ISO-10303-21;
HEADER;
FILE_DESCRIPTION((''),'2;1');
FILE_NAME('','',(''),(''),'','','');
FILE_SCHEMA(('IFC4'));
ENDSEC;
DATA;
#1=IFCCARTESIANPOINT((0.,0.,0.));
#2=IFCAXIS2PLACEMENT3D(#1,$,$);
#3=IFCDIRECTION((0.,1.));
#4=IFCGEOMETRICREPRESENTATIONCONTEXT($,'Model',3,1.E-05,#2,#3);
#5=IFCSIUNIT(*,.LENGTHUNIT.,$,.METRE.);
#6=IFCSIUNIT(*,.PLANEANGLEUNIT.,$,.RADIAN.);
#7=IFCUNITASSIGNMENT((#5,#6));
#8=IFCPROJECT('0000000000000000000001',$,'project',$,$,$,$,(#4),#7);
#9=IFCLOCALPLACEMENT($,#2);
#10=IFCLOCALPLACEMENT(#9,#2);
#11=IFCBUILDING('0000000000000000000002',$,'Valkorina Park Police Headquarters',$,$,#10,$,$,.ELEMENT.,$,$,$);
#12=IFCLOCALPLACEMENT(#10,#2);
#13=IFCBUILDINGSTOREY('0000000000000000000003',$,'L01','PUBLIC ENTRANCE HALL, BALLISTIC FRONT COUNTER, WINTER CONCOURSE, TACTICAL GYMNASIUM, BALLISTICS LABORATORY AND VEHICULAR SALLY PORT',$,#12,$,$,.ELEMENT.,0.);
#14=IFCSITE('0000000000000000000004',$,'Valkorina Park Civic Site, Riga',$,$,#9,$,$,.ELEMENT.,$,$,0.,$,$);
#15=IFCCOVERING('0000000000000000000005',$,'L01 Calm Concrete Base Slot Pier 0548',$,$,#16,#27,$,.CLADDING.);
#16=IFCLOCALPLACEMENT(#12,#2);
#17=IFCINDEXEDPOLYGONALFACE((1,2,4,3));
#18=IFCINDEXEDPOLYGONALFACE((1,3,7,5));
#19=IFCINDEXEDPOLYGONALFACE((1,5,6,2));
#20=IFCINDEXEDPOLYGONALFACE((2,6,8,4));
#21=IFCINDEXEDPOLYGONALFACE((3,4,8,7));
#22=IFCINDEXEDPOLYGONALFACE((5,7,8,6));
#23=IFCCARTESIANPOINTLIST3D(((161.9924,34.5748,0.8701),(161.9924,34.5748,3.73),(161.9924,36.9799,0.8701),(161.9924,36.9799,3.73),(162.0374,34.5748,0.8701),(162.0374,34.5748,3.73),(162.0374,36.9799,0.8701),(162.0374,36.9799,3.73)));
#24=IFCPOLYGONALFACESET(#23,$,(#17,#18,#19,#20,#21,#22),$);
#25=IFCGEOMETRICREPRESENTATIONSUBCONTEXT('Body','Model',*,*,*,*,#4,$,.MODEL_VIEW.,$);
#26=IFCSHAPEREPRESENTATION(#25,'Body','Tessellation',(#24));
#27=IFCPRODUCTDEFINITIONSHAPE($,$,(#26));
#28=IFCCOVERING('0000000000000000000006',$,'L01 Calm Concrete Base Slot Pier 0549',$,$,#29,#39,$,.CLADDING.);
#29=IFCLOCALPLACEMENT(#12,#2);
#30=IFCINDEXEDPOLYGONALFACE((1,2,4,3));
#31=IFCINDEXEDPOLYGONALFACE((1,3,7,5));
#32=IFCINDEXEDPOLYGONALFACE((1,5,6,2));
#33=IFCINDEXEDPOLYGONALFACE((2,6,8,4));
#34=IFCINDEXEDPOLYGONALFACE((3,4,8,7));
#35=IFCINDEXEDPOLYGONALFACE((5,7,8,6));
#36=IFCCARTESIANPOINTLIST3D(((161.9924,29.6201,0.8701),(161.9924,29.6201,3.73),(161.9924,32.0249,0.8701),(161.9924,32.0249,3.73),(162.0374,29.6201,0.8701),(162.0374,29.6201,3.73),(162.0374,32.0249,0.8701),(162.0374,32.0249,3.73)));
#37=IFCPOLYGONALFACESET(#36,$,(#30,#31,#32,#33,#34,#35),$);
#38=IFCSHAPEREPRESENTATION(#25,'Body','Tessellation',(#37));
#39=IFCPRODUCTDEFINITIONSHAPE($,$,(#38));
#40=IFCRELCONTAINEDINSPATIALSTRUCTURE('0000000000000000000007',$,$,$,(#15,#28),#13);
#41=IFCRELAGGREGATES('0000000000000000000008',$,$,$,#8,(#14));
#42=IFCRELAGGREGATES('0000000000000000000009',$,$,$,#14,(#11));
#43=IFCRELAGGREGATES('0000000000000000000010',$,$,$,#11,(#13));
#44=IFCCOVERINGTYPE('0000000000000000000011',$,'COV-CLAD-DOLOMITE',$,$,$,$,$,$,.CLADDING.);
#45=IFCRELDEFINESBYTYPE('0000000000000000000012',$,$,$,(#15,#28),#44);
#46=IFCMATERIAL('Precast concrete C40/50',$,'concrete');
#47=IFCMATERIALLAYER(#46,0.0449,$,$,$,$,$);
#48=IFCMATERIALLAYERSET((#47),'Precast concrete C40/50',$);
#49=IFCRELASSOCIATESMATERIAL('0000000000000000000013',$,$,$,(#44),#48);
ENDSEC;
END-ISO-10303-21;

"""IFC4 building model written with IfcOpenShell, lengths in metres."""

from ifc_helpers import new_model, si_unit, direction, frame, frame_2d, origin, place, context, subcontext, project, spatial, rectangle, extrude, material, layer, layer_set, type_object, element, save


model = new_model("IFC4")

# Units and contexts
model_context = context("Model", 3, precision=1e-05, world=origin(), true_north=direction((0.0, 1.0)))
body_context = subcontext(model_context, "Body", "Model", "MODEL_VIEW")
ifc_project = project(units=[si_unit("LENGTHUNIT", "METRE"), si_unit("PLANEANGLEUNIT", "RADIAN")], contexts=[model_context])

# Site, building, storey
site_placement = place(None, origin())
site = spatial("IfcSite", under=ifc_project, at=site_placement, Name="Valkorina Park Civic Site, Riga", CompositionType="ELEMENT", RefElevation=0.0)
building_placement = place(site_placement, origin())
building = spatial("IfcBuilding", under=site, at=building_placement, Name="Valkorina Park Police Headquarters", CompositionType="ELEMENT")
storey_placement = place(building_placement, origin())
storey = spatial("IfcBuildingStorey", under=building, at=storey_placement, Name="L01", Description="PUBLIC ENTRANCE HALL, BALLISTIC FRONT COUNTER, WINTER CONCOURSE, TACTICAL GYMNASIUM, BALLISTICS LABORATORY AND VEHICULAR SALLY PORT", CompositionType="ELEMENT", Elevation=0.0)

# Shared definitions
ifc_material_1 = material(Name="Precast concrete C40/50", Category="concrete")

# Coverings
ifc_layer_1 = layer(ifc_material_1, 0.0449)
ifc_layer_set_1 = layer_set([ifc_layer_1], Name="Precast concrete C40/50")
covering_type = type_object("IfcCoveringType", Name="COV-CLAD-DOLOMITE", PredefinedType="CLADDING", material=ifc_layer_set_1)
covering_1_placement = place(storey_placement, frame((162.0149, 36.98, 0.8701), z_axis=(0.0, 0.0, 1.0), x_axis=(0.0, -1.0, 0.0)))
element("IfcCovering", 1, at=covering_1_placement, inside=storey, type_object=covering_type, Name="L01 Calm Concrete Base Slot Pier 0548", PredefinedType="CLADDING", context=body_context, shape_type="SweptSolid", body=[
    extrude(rectangle(XDim=2.405, YDim=0.0449, at=frame_2d((1.2026, 0.0))), origin(), (0.0, 0.0, 1.0), 2.8599),
])
covering_2_placement = place(storey_placement, frame((162.0149, 32.0249, 0.8701), z_axis=(0.0, 0.0, 1.0), x_axis=(0.0, -1.0, 0.0)))
element("IfcCovering", 2, at=covering_2_placement, inside=storey, type_object=covering_type, Name="L01 Calm Concrete Base Slot Pier 0549", PredefinedType="CLADDING", context=body_context, shape_type="SweptSolid", body=[
    extrude(rectangle(XDim=2.4048, YDim=0.0449, at=frame_2d((1.2024, 0.0))), origin(), (0.0, 0.0, 1.0), 2.8599),
])

save(model, "model.ifc")
